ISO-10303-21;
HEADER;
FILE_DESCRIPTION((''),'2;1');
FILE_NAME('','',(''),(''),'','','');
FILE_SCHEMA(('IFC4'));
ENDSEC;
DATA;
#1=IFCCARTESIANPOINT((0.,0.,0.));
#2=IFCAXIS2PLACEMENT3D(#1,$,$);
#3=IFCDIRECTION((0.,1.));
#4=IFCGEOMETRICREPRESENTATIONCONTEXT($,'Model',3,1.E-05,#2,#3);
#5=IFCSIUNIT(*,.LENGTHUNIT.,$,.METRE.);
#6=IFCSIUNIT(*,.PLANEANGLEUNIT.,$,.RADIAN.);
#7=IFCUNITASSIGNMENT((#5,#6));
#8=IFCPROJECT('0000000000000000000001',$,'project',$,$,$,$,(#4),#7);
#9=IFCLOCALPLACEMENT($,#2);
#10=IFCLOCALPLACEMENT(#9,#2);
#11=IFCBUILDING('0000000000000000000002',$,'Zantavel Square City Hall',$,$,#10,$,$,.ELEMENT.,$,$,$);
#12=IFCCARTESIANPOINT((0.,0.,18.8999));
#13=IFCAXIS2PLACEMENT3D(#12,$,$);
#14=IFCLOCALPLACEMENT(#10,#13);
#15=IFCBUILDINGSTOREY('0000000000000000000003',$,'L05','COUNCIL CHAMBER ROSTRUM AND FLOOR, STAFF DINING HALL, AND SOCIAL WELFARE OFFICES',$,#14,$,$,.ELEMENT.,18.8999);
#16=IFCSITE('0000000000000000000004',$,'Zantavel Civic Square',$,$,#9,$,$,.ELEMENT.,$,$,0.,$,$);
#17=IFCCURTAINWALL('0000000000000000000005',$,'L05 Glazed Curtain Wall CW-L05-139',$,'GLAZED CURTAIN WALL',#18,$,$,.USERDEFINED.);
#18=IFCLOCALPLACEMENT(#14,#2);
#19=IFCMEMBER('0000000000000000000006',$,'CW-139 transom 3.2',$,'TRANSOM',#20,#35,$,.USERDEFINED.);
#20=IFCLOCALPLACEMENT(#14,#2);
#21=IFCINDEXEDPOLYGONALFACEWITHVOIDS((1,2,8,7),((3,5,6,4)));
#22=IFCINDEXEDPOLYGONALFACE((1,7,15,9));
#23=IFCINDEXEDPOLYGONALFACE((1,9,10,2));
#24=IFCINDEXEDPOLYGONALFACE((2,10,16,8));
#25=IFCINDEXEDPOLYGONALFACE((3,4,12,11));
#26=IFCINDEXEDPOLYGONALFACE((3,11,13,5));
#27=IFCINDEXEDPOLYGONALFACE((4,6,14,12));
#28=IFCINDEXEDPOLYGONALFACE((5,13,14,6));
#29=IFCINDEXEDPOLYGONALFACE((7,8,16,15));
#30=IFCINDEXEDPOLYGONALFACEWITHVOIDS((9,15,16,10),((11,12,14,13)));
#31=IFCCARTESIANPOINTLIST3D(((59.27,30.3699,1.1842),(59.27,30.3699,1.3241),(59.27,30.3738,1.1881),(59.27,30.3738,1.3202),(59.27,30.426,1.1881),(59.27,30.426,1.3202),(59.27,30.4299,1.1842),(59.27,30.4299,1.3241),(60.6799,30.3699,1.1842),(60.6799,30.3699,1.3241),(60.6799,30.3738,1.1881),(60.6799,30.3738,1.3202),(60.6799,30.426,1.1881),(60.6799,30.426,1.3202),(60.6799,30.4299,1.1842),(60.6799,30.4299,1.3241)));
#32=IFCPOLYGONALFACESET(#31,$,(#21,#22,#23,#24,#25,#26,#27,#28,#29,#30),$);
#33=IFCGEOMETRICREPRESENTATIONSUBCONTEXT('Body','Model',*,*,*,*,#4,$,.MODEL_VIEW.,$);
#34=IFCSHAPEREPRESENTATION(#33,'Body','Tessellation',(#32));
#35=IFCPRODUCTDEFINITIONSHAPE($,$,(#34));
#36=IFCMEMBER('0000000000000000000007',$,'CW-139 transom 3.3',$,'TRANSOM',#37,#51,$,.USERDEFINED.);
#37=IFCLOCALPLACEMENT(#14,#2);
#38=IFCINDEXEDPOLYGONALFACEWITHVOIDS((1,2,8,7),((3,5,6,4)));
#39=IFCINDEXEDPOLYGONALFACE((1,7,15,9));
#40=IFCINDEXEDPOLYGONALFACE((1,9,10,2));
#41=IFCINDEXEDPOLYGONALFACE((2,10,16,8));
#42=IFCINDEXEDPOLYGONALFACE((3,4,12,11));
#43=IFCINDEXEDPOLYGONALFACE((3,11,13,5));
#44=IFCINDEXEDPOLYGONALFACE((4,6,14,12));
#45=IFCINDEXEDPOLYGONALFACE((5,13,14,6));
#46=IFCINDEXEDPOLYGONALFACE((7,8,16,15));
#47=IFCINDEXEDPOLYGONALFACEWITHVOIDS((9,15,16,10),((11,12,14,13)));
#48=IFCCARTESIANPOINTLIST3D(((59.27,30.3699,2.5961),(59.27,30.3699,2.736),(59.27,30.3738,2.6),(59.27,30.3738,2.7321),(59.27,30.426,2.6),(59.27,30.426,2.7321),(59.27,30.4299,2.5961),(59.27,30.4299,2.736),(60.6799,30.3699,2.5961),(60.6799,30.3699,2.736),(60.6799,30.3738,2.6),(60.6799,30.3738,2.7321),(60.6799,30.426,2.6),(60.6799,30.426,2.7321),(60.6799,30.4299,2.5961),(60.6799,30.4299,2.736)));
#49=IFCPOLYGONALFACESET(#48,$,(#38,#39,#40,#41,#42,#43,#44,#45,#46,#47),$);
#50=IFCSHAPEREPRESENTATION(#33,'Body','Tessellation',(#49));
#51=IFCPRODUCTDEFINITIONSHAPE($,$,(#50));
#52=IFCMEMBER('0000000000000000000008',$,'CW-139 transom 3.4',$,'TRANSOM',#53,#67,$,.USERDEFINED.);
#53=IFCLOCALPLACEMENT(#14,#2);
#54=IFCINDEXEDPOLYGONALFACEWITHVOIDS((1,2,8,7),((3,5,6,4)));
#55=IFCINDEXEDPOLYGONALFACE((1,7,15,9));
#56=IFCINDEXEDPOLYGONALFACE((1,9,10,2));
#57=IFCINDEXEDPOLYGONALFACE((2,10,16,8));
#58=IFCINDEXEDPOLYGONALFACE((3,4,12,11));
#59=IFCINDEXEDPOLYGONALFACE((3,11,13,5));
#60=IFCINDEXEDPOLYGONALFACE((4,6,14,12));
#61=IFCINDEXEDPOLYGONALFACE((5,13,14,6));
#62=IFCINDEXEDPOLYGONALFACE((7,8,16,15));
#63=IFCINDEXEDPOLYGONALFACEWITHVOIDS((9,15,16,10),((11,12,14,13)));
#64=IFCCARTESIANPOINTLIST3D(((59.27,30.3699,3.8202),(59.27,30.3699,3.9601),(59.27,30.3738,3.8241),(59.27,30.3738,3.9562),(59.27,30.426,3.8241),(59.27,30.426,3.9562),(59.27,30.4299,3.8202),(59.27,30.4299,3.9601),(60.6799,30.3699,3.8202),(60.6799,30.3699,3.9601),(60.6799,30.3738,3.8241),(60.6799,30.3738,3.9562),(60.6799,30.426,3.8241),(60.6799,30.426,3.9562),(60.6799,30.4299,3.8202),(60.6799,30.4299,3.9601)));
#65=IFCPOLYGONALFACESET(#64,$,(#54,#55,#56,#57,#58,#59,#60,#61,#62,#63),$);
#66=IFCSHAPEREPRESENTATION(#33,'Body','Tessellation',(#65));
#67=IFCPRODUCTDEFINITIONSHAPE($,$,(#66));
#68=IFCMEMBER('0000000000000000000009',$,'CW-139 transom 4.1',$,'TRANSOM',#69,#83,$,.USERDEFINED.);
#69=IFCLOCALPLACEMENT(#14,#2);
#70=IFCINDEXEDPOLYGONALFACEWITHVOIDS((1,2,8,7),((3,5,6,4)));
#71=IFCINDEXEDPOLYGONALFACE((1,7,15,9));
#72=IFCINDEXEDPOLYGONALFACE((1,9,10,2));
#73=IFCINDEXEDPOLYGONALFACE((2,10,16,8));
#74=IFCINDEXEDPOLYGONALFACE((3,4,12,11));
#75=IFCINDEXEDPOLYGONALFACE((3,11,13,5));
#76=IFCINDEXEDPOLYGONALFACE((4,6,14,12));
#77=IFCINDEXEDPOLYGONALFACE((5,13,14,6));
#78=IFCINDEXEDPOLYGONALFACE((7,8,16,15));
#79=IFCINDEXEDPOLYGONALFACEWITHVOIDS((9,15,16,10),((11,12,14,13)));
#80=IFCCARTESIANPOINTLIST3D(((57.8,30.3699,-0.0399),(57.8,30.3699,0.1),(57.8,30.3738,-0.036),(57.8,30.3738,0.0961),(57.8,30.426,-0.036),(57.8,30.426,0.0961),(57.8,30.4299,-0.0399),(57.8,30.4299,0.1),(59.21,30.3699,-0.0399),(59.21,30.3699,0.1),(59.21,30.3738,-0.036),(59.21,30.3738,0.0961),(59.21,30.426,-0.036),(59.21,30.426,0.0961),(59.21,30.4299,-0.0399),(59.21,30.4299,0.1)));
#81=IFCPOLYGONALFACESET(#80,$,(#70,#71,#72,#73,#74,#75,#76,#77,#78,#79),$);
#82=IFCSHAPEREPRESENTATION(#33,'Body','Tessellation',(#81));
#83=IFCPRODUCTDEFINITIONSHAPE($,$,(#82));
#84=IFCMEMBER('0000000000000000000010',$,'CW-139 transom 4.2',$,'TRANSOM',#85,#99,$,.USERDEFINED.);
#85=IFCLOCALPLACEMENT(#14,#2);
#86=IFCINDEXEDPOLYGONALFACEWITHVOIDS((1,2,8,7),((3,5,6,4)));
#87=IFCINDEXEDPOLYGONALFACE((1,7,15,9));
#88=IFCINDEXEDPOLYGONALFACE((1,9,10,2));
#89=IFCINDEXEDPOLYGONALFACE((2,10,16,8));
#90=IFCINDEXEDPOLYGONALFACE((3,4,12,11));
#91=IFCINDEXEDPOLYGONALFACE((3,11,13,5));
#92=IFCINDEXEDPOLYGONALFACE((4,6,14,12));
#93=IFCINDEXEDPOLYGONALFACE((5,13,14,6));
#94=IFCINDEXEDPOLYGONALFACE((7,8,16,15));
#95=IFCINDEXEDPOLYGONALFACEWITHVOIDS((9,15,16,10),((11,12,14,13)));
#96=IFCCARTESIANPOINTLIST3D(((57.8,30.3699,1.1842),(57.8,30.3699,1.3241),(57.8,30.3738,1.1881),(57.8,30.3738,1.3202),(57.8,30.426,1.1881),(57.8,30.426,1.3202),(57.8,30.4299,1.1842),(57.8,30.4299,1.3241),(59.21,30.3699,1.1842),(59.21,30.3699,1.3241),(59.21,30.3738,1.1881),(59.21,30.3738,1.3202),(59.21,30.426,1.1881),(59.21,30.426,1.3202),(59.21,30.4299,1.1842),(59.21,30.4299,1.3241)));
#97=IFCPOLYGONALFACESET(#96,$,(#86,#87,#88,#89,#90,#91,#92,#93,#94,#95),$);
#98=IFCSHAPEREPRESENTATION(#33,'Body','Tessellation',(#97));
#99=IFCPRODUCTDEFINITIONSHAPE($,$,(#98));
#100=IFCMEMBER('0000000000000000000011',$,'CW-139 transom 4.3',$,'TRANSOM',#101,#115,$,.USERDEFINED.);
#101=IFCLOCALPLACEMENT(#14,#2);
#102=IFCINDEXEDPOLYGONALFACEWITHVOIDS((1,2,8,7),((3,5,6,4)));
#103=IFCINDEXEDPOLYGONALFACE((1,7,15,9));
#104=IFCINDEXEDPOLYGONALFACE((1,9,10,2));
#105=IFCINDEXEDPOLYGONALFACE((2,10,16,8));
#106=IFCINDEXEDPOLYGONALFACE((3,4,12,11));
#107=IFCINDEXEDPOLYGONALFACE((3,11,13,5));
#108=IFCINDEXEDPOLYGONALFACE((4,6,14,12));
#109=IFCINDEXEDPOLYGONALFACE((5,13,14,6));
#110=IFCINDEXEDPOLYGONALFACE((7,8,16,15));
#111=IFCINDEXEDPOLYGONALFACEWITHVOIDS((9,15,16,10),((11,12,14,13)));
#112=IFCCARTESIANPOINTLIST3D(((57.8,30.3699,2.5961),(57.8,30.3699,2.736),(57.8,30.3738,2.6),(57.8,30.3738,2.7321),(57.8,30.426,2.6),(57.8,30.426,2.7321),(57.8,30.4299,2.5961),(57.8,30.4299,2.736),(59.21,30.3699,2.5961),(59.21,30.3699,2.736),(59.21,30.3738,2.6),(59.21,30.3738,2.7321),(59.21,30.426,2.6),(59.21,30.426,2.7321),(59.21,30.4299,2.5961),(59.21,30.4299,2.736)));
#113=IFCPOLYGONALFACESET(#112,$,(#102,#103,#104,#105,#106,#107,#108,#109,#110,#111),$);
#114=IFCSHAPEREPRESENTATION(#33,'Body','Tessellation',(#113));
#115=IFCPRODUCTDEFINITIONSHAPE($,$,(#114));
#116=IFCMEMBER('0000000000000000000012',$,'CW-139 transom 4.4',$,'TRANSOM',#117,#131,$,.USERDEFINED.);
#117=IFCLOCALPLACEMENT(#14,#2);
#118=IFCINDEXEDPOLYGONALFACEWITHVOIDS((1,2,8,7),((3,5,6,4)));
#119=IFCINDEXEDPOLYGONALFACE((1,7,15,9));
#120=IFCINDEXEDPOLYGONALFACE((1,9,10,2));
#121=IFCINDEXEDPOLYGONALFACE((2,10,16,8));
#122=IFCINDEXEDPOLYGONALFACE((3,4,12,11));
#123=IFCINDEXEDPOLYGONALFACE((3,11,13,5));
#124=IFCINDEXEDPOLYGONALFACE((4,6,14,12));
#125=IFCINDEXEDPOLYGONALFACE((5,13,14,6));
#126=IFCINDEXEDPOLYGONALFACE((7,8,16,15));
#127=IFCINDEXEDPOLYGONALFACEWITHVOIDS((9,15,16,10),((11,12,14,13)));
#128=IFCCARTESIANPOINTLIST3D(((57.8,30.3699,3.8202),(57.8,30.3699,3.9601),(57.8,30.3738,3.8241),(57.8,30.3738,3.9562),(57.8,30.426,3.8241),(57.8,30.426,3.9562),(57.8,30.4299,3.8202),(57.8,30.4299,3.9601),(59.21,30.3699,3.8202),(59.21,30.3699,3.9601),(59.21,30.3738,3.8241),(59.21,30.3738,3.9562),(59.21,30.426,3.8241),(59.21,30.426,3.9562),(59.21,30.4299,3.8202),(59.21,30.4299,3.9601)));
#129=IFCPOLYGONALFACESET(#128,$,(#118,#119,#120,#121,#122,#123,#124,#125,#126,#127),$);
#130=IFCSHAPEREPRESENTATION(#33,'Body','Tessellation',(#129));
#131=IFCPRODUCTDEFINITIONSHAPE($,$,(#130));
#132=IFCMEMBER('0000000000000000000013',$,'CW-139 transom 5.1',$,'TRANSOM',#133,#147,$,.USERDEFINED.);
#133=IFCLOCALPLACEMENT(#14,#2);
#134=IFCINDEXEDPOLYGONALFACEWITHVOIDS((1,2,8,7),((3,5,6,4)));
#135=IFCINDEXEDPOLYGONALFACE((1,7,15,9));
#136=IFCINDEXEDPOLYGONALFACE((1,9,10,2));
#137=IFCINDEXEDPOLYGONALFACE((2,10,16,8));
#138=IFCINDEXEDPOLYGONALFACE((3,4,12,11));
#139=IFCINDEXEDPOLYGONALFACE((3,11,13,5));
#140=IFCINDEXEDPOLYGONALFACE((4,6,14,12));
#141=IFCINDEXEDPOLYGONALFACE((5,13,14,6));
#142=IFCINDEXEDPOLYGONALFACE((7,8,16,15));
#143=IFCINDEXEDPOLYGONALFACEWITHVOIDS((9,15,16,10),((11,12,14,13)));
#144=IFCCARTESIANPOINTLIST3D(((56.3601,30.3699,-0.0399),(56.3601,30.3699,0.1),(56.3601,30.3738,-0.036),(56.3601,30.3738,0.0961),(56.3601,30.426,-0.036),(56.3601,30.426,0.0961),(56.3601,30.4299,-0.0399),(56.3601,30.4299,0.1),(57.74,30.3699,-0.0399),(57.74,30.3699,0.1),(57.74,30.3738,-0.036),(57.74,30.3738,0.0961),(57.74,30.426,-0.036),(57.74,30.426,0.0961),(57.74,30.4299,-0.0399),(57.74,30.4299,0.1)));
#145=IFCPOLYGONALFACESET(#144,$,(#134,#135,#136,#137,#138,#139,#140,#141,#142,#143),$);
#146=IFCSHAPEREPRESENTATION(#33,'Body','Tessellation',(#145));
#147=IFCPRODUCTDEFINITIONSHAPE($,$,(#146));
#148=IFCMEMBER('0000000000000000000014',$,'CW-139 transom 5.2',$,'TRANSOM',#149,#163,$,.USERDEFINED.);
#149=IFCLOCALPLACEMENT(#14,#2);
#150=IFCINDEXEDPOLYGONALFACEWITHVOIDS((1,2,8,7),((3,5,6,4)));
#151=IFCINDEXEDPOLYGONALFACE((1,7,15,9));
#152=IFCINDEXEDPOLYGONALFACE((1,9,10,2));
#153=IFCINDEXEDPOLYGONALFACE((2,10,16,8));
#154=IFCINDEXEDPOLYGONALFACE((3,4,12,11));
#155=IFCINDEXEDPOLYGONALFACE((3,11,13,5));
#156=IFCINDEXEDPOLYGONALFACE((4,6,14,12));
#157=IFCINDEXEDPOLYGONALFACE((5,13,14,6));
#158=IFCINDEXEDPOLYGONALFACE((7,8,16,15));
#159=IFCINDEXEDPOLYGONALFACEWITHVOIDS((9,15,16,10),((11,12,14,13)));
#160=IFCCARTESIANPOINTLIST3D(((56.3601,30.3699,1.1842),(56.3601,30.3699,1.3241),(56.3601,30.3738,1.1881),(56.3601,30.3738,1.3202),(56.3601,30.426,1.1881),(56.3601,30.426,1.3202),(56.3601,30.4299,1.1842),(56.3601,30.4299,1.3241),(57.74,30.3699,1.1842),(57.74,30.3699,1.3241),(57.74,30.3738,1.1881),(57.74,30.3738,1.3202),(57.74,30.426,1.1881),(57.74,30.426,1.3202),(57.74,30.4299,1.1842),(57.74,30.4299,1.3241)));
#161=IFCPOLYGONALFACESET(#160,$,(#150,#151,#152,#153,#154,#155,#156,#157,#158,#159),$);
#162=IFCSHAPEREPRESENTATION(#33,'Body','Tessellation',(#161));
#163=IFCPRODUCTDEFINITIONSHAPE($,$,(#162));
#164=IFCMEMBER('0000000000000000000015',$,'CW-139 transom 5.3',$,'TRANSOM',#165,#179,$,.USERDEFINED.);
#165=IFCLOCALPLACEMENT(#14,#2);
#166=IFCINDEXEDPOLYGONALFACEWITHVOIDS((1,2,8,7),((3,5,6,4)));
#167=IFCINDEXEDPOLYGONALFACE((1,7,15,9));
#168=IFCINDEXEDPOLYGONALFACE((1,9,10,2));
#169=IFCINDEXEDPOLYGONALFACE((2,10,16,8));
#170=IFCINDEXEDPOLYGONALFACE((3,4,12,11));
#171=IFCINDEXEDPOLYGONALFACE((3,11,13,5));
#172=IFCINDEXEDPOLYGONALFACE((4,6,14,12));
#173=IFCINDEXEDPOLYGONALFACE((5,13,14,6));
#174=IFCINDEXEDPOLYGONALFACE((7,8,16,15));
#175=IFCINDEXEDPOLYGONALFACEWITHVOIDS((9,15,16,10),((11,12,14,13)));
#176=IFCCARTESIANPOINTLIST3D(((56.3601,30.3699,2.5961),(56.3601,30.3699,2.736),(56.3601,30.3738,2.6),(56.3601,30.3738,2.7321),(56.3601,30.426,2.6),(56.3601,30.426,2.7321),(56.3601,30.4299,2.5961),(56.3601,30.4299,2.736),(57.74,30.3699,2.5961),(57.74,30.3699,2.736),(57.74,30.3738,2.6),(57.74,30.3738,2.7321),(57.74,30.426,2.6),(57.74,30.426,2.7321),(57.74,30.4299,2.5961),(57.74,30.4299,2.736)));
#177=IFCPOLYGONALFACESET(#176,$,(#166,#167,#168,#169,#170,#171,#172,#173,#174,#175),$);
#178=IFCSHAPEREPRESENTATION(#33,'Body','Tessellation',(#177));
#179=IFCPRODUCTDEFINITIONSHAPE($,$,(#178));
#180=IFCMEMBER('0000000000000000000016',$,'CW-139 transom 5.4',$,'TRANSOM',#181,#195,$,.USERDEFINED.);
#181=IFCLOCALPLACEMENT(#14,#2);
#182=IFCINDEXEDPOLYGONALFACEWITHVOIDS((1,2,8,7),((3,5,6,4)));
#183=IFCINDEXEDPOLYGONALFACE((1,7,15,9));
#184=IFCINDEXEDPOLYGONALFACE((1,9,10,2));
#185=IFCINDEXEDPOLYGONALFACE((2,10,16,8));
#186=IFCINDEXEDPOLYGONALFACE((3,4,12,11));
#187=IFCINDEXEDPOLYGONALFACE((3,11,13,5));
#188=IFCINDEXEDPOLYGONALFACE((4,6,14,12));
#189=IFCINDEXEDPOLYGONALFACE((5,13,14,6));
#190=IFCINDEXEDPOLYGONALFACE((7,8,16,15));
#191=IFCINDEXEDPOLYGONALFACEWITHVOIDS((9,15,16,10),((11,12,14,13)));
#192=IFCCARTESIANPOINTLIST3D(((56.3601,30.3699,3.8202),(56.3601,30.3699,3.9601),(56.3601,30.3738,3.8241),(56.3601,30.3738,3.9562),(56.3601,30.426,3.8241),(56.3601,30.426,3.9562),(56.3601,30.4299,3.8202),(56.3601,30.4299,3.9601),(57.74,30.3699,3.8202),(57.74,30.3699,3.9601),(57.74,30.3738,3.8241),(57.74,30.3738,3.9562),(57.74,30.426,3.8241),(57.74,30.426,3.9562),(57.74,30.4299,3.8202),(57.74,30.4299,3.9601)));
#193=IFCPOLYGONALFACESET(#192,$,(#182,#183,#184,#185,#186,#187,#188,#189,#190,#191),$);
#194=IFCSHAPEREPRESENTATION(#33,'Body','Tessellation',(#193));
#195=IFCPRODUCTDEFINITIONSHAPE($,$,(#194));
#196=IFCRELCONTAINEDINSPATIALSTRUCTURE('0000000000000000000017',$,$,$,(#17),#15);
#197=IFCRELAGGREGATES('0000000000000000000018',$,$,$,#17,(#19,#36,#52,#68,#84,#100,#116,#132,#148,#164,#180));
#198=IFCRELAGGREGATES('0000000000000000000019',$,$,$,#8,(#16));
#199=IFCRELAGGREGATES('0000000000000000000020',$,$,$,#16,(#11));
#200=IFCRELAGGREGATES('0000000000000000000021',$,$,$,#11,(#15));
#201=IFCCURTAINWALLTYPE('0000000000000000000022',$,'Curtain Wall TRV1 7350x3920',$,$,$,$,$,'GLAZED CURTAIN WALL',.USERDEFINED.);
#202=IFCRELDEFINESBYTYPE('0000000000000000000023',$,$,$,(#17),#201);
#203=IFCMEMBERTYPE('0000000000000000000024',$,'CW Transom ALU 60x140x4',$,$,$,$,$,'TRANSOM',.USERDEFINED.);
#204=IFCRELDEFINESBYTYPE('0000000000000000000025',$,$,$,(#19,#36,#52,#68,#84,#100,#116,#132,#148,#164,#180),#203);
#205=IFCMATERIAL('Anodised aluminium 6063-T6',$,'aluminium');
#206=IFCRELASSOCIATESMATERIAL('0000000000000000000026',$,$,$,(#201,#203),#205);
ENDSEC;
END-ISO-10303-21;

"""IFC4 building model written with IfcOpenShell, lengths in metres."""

from ifc_helpers import new_model, si_unit, direction, frame, origin, origin_2d, place, context, subcontext, project, spatial, hollow_rectangle, extrude, material, material_profile, profile_set, type_object, element, aggregate, save


model = new_model("IFC4")

# Units and contexts
model_context = context("Model", 3, precision=1e-05, world=origin(), true_north=direction((0.0, 1.0)))
body_context = subcontext(model_context, "Body", "Model", "MODEL_VIEW")
ifc_project = project(units=[si_unit("LENGTHUNIT", "METRE"), si_unit("PLANEANGLEUNIT", "RADIAN")], contexts=[model_context])

# Site, building, storey
site_placement = place(None, origin())
site = spatial("IfcSite", under=ifc_project, at=site_placement, Name="Zantavel Civic Square", CompositionType="ELEMENT", RefElevation=0.0)
building_placement = place(site_placement, origin())
building = spatial("IfcBuilding", under=site, at=building_placement, Name="Zantavel Square City Hall", CompositionType="ELEMENT")
storey_placement = place(building_placement, frame((0.0, 0.0, 18.8999)))
storey = spatial("IfcBuildingStorey", under=building, at=storey_placement, Name="L05", Description="COUNCIL CHAMBER ROSTRUM AND FLOOR, STAFF DINING HALL, AND SOCIAL WELFARE OFFICES", CompositionType="ELEMENT", Elevation=18.8999)

# Curtain wall, members
ifc_material_1 = material(Name="Anodised aluminium 6063-T6", Category="aluminium")
curtain_wall_type = type_object("IfcCurtainWallType", Name="Curtain Wall TRV1 7350x3920", ElementType="GLAZED CURTAIN WALL", PredefinedType="USERDEFINED", material=ifc_material_1)
curtain_wall_placement = place(storey_placement, origin())
curtain_wall = element("IfcCurtainWall", 1, at=curtain_wall_placement, inside=storey, type_object=curtain_wall_type, Name="L05 Glazed Curtain Wall CW-L05-139", ObjectType="GLAZED CURTAIN WALL", PredefinedType="USERDEFINED")
ifc_material_profile_1 = material_profile(ifc_material_1, hollow_rectangle(XDim=0.0601, YDim=0.1399, WallThickness=0.0039, at=origin_2d()), Name="ALU 60x140x4")
ifc_profile_set_1 = profile_set([ifc_material_profile_1], Name="Anodised aluminium 6063-T6")
member_type_1 = type_object("IfcMemberType", Name="CW Transom ALU 60x140x4", ElementType="TRANSOM", PredefinedType="USERDEFINED", material=ifc_profile_set_1)
member_1_placement = place(storey_placement, frame((60.6799, 30.3999, 1.2542), z_axis=(-1.0, 0.0, 0.0), x_axis=(0.0, -1.0, 0.0)))
member_1 = element("IfcMember", 2, at=member_1_placement, type_object=member_type_1, Name="CW-139 transom 3.2", ObjectType="TRANSOM", PredefinedType="USERDEFINED", context=body_context, shape_type="SweptSolid", body=[
    extrude(hollow_rectangle(XDim=0.0601, YDim=0.1399, WallThickness=0.0039, at=origin_2d()), origin(), (0.0, 0.0, 1.0), 1.4099),
])
member_2_placement = place(storey_placement, frame((60.6799, 30.3999, 2.666), z_axis=(-1.0, 0.0, 0.0), x_axis=(0.0, -1.0, 0.0)))
member_2 = element("IfcMember", 3, at=member_2_placement, type_object=member_type_1, Name="CW-139 transom 3.3", ObjectType="TRANSOM", PredefinedType="USERDEFINED", context=body_context, shape_type="SweptSolid", body=[
    extrude(hollow_rectangle(XDim=0.0601, YDim=0.1399, WallThickness=0.0039, at=origin_2d()), origin(), (0.0, 0.0, 1.0), 1.4099),
])
member_3_placement = place(storey_placement, frame((60.6799, 30.3999, 3.8901), z_axis=(-1.0, 0.0, 0.0), x_axis=(0.0, -1.0, 0.0)))
member_3 = element("IfcMember", 4, at=member_3_placement, type_object=member_type_1, Name="CW-139 transom 3.4", ObjectType="TRANSOM", PredefinedType="USERDEFINED", context=body_context, shape_type="SweptSolid", body=[
    extrude(hollow_rectangle(XDim=0.0601, YDim=0.1399, WallThickness=0.0039, at=origin_2d()), origin(), (0.0, 0.0, 1.0), 1.4099),
])
member_4_placement = place(storey_placement, frame((59.21, 30.3999, 0.03), z_axis=(-1.0, 0.0, 0.0), x_axis=(0.0, -1.0, 0.0)))
member_4 = element("IfcMember", 5, at=member_4_placement, type_object=member_type_1, Name="CW-139 transom 4.1", ObjectType="TRANSOM", PredefinedType="USERDEFINED", context=body_context, shape_type="SweptSolid", body=[
    extrude(hollow_rectangle(XDim=0.0601, YDim=0.1399, WallThickness=0.0039, at=origin_2d()), origin(), (0.0, 0.0, 1.0), 1.4099),
])
member_5_placement = place(storey_placement, frame((59.21, 30.3999, 1.2542), z_axis=(-1.0, 0.0, 0.0), x_axis=(0.0, -1.0, 0.0)))
member_5 = element("IfcMember", 6, at=member_5_placement, type_object=member_type_1, Name="CW-139 transom 4.2", ObjectType="TRANSOM", PredefinedType="USERDEFINED", context=body_context, shape_type="SweptSolid", body=[
    extrude(hollow_rectangle(XDim=0.0601, YDim=0.1399, WallThickness=0.0039, at=origin_2d()), origin(), (0.0, 0.0, 1.0), 1.4099),
])
member_6_placement = place(storey_placement, frame((59.21, 30.3999, 2.666), z_axis=(-1.0, 0.0, 0.0), x_axis=(0.0, -1.0, 0.0)))
member_6 = element("IfcMember", 7, at=member_6_placement, type_object=member_type_1, Name="CW-139 transom 4.3", ObjectType="TRANSOM", PredefinedType="USERDEFINED", context=body_context, shape_type="SweptSolid", body=[
    extrude(hollow_rectangle(XDim=0.0601, YDim=0.1399, WallThickness=0.0039, at=origin_2d()), origin(), (0.0, 0.0, 1.0), 1.4099),
])
member_7_placement = place(storey_placement, frame((59.21, 30.3999, 3.8901), z_axis=(-1.0, 0.0, 0.0), x_axis=(0.0, -1.0, 0.0)))
member_7 = element("IfcMember", 8, at=member_7_placement, type_object=member_type_1, Name="CW-139 transom 4.4", ObjectType="TRANSOM", PredefinedType="USERDEFINED", context=body_context, shape_type="SweptSolid", body=[
    extrude(hollow_rectangle(XDim=0.0601, YDim=0.1399, WallThickness=0.0039, at=origin_2d()), origin(), (0.0, 0.0, 1.0), 1.4099),
])
member_8_placement = place(storey_placement, frame((57.74, 30.3999, 0.03), z_axis=(-1.0, 0.0, 0.0), x_axis=(0.0, -1.0, 0.0)))
member_8 = element("IfcMember", 9, at=member_8_placement, type_object=member_type_1, Name="CW-139 transom 5.1", ObjectType="TRANSOM", PredefinedType="USERDEFINED", context=body_context, shape_type="SweptSolid", body=[
    extrude(hollow_rectangle(XDim=0.0601, YDim=0.1399, WallThickness=0.0039, at=origin_2d()), origin(), (0.0, 0.0, 1.0), 1.3799),
])
member_9_placement = place(storey_placement, frame((57.74, 30.3999, 1.2542), z_axis=(-1.0, 0.0, 0.0), x_axis=(0.0, -1.0, 0.0)))
member_9 = element("IfcMember", 10, at=member_9_placement, type_object=member_type_1, Name="CW-139 transom 5.2", ObjectType="TRANSOM", PredefinedType="USERDEFINED", context=body_context, shape_type="SweptSolid", body=[
    extrude(hollow_rectangle(XDim=0.0601, YDim=0.1399, WallThickness=0.0039, at=origin_2d()), origin(), (0.0, 0.0, 1.0), 1.3799),
])
member_10_placement = place(storey_placement, frame((57.74, 30.3999, 2.666), z_axis=(-1.0, 0.0, 0.0), x_axis=(0.0, -1.0, 0.0)))
member_10 = element("IfcMember", 11, at=member_10_placement, type_object=member_type_1, Name="CW-139 transom 5.3", ObjectType="TRANSOM", PredefinedType="USERDEFINED", context=body_context, shape_type="SweptSolid", body=[
    extrude(hollow_rectangle(XDim=0.0601, YDim=0.1399, WallThickness=0.0039, at=origin_2d()), origin(), (0.0, 0.0, 1.0), 1.3799),
])
member_11_placement = place(storey_placement, frame((57.74, 30.3999, 3.8901), z_axis=(-1.0, 0.0, 0.0), x_axis=(0.0, -1.0, 0.0)))
member_11 = element("IfcMember", 12, at=member_11_placement, type_object=member_type_1, Name="CW-139 transom 5.4", ObjectType="TRANSOM", PredefinedType="USERDEFINED", context=body_context, shape_type="SweptSolid", body=[
    extrude(hollow_rectangle(XDim=0.0601, YDim=0.1399, WallThickness=0.0039, at=origin_2d()), origin(), (0.0, 0.0, 1.0), 1.3799),
])
aggregate(curtain_wall, [member_1, member_2, member_3, member_4, member_5, member_6, member_7, member_8, member_9, member_10, member_11])

save(model, "model.ifc")
